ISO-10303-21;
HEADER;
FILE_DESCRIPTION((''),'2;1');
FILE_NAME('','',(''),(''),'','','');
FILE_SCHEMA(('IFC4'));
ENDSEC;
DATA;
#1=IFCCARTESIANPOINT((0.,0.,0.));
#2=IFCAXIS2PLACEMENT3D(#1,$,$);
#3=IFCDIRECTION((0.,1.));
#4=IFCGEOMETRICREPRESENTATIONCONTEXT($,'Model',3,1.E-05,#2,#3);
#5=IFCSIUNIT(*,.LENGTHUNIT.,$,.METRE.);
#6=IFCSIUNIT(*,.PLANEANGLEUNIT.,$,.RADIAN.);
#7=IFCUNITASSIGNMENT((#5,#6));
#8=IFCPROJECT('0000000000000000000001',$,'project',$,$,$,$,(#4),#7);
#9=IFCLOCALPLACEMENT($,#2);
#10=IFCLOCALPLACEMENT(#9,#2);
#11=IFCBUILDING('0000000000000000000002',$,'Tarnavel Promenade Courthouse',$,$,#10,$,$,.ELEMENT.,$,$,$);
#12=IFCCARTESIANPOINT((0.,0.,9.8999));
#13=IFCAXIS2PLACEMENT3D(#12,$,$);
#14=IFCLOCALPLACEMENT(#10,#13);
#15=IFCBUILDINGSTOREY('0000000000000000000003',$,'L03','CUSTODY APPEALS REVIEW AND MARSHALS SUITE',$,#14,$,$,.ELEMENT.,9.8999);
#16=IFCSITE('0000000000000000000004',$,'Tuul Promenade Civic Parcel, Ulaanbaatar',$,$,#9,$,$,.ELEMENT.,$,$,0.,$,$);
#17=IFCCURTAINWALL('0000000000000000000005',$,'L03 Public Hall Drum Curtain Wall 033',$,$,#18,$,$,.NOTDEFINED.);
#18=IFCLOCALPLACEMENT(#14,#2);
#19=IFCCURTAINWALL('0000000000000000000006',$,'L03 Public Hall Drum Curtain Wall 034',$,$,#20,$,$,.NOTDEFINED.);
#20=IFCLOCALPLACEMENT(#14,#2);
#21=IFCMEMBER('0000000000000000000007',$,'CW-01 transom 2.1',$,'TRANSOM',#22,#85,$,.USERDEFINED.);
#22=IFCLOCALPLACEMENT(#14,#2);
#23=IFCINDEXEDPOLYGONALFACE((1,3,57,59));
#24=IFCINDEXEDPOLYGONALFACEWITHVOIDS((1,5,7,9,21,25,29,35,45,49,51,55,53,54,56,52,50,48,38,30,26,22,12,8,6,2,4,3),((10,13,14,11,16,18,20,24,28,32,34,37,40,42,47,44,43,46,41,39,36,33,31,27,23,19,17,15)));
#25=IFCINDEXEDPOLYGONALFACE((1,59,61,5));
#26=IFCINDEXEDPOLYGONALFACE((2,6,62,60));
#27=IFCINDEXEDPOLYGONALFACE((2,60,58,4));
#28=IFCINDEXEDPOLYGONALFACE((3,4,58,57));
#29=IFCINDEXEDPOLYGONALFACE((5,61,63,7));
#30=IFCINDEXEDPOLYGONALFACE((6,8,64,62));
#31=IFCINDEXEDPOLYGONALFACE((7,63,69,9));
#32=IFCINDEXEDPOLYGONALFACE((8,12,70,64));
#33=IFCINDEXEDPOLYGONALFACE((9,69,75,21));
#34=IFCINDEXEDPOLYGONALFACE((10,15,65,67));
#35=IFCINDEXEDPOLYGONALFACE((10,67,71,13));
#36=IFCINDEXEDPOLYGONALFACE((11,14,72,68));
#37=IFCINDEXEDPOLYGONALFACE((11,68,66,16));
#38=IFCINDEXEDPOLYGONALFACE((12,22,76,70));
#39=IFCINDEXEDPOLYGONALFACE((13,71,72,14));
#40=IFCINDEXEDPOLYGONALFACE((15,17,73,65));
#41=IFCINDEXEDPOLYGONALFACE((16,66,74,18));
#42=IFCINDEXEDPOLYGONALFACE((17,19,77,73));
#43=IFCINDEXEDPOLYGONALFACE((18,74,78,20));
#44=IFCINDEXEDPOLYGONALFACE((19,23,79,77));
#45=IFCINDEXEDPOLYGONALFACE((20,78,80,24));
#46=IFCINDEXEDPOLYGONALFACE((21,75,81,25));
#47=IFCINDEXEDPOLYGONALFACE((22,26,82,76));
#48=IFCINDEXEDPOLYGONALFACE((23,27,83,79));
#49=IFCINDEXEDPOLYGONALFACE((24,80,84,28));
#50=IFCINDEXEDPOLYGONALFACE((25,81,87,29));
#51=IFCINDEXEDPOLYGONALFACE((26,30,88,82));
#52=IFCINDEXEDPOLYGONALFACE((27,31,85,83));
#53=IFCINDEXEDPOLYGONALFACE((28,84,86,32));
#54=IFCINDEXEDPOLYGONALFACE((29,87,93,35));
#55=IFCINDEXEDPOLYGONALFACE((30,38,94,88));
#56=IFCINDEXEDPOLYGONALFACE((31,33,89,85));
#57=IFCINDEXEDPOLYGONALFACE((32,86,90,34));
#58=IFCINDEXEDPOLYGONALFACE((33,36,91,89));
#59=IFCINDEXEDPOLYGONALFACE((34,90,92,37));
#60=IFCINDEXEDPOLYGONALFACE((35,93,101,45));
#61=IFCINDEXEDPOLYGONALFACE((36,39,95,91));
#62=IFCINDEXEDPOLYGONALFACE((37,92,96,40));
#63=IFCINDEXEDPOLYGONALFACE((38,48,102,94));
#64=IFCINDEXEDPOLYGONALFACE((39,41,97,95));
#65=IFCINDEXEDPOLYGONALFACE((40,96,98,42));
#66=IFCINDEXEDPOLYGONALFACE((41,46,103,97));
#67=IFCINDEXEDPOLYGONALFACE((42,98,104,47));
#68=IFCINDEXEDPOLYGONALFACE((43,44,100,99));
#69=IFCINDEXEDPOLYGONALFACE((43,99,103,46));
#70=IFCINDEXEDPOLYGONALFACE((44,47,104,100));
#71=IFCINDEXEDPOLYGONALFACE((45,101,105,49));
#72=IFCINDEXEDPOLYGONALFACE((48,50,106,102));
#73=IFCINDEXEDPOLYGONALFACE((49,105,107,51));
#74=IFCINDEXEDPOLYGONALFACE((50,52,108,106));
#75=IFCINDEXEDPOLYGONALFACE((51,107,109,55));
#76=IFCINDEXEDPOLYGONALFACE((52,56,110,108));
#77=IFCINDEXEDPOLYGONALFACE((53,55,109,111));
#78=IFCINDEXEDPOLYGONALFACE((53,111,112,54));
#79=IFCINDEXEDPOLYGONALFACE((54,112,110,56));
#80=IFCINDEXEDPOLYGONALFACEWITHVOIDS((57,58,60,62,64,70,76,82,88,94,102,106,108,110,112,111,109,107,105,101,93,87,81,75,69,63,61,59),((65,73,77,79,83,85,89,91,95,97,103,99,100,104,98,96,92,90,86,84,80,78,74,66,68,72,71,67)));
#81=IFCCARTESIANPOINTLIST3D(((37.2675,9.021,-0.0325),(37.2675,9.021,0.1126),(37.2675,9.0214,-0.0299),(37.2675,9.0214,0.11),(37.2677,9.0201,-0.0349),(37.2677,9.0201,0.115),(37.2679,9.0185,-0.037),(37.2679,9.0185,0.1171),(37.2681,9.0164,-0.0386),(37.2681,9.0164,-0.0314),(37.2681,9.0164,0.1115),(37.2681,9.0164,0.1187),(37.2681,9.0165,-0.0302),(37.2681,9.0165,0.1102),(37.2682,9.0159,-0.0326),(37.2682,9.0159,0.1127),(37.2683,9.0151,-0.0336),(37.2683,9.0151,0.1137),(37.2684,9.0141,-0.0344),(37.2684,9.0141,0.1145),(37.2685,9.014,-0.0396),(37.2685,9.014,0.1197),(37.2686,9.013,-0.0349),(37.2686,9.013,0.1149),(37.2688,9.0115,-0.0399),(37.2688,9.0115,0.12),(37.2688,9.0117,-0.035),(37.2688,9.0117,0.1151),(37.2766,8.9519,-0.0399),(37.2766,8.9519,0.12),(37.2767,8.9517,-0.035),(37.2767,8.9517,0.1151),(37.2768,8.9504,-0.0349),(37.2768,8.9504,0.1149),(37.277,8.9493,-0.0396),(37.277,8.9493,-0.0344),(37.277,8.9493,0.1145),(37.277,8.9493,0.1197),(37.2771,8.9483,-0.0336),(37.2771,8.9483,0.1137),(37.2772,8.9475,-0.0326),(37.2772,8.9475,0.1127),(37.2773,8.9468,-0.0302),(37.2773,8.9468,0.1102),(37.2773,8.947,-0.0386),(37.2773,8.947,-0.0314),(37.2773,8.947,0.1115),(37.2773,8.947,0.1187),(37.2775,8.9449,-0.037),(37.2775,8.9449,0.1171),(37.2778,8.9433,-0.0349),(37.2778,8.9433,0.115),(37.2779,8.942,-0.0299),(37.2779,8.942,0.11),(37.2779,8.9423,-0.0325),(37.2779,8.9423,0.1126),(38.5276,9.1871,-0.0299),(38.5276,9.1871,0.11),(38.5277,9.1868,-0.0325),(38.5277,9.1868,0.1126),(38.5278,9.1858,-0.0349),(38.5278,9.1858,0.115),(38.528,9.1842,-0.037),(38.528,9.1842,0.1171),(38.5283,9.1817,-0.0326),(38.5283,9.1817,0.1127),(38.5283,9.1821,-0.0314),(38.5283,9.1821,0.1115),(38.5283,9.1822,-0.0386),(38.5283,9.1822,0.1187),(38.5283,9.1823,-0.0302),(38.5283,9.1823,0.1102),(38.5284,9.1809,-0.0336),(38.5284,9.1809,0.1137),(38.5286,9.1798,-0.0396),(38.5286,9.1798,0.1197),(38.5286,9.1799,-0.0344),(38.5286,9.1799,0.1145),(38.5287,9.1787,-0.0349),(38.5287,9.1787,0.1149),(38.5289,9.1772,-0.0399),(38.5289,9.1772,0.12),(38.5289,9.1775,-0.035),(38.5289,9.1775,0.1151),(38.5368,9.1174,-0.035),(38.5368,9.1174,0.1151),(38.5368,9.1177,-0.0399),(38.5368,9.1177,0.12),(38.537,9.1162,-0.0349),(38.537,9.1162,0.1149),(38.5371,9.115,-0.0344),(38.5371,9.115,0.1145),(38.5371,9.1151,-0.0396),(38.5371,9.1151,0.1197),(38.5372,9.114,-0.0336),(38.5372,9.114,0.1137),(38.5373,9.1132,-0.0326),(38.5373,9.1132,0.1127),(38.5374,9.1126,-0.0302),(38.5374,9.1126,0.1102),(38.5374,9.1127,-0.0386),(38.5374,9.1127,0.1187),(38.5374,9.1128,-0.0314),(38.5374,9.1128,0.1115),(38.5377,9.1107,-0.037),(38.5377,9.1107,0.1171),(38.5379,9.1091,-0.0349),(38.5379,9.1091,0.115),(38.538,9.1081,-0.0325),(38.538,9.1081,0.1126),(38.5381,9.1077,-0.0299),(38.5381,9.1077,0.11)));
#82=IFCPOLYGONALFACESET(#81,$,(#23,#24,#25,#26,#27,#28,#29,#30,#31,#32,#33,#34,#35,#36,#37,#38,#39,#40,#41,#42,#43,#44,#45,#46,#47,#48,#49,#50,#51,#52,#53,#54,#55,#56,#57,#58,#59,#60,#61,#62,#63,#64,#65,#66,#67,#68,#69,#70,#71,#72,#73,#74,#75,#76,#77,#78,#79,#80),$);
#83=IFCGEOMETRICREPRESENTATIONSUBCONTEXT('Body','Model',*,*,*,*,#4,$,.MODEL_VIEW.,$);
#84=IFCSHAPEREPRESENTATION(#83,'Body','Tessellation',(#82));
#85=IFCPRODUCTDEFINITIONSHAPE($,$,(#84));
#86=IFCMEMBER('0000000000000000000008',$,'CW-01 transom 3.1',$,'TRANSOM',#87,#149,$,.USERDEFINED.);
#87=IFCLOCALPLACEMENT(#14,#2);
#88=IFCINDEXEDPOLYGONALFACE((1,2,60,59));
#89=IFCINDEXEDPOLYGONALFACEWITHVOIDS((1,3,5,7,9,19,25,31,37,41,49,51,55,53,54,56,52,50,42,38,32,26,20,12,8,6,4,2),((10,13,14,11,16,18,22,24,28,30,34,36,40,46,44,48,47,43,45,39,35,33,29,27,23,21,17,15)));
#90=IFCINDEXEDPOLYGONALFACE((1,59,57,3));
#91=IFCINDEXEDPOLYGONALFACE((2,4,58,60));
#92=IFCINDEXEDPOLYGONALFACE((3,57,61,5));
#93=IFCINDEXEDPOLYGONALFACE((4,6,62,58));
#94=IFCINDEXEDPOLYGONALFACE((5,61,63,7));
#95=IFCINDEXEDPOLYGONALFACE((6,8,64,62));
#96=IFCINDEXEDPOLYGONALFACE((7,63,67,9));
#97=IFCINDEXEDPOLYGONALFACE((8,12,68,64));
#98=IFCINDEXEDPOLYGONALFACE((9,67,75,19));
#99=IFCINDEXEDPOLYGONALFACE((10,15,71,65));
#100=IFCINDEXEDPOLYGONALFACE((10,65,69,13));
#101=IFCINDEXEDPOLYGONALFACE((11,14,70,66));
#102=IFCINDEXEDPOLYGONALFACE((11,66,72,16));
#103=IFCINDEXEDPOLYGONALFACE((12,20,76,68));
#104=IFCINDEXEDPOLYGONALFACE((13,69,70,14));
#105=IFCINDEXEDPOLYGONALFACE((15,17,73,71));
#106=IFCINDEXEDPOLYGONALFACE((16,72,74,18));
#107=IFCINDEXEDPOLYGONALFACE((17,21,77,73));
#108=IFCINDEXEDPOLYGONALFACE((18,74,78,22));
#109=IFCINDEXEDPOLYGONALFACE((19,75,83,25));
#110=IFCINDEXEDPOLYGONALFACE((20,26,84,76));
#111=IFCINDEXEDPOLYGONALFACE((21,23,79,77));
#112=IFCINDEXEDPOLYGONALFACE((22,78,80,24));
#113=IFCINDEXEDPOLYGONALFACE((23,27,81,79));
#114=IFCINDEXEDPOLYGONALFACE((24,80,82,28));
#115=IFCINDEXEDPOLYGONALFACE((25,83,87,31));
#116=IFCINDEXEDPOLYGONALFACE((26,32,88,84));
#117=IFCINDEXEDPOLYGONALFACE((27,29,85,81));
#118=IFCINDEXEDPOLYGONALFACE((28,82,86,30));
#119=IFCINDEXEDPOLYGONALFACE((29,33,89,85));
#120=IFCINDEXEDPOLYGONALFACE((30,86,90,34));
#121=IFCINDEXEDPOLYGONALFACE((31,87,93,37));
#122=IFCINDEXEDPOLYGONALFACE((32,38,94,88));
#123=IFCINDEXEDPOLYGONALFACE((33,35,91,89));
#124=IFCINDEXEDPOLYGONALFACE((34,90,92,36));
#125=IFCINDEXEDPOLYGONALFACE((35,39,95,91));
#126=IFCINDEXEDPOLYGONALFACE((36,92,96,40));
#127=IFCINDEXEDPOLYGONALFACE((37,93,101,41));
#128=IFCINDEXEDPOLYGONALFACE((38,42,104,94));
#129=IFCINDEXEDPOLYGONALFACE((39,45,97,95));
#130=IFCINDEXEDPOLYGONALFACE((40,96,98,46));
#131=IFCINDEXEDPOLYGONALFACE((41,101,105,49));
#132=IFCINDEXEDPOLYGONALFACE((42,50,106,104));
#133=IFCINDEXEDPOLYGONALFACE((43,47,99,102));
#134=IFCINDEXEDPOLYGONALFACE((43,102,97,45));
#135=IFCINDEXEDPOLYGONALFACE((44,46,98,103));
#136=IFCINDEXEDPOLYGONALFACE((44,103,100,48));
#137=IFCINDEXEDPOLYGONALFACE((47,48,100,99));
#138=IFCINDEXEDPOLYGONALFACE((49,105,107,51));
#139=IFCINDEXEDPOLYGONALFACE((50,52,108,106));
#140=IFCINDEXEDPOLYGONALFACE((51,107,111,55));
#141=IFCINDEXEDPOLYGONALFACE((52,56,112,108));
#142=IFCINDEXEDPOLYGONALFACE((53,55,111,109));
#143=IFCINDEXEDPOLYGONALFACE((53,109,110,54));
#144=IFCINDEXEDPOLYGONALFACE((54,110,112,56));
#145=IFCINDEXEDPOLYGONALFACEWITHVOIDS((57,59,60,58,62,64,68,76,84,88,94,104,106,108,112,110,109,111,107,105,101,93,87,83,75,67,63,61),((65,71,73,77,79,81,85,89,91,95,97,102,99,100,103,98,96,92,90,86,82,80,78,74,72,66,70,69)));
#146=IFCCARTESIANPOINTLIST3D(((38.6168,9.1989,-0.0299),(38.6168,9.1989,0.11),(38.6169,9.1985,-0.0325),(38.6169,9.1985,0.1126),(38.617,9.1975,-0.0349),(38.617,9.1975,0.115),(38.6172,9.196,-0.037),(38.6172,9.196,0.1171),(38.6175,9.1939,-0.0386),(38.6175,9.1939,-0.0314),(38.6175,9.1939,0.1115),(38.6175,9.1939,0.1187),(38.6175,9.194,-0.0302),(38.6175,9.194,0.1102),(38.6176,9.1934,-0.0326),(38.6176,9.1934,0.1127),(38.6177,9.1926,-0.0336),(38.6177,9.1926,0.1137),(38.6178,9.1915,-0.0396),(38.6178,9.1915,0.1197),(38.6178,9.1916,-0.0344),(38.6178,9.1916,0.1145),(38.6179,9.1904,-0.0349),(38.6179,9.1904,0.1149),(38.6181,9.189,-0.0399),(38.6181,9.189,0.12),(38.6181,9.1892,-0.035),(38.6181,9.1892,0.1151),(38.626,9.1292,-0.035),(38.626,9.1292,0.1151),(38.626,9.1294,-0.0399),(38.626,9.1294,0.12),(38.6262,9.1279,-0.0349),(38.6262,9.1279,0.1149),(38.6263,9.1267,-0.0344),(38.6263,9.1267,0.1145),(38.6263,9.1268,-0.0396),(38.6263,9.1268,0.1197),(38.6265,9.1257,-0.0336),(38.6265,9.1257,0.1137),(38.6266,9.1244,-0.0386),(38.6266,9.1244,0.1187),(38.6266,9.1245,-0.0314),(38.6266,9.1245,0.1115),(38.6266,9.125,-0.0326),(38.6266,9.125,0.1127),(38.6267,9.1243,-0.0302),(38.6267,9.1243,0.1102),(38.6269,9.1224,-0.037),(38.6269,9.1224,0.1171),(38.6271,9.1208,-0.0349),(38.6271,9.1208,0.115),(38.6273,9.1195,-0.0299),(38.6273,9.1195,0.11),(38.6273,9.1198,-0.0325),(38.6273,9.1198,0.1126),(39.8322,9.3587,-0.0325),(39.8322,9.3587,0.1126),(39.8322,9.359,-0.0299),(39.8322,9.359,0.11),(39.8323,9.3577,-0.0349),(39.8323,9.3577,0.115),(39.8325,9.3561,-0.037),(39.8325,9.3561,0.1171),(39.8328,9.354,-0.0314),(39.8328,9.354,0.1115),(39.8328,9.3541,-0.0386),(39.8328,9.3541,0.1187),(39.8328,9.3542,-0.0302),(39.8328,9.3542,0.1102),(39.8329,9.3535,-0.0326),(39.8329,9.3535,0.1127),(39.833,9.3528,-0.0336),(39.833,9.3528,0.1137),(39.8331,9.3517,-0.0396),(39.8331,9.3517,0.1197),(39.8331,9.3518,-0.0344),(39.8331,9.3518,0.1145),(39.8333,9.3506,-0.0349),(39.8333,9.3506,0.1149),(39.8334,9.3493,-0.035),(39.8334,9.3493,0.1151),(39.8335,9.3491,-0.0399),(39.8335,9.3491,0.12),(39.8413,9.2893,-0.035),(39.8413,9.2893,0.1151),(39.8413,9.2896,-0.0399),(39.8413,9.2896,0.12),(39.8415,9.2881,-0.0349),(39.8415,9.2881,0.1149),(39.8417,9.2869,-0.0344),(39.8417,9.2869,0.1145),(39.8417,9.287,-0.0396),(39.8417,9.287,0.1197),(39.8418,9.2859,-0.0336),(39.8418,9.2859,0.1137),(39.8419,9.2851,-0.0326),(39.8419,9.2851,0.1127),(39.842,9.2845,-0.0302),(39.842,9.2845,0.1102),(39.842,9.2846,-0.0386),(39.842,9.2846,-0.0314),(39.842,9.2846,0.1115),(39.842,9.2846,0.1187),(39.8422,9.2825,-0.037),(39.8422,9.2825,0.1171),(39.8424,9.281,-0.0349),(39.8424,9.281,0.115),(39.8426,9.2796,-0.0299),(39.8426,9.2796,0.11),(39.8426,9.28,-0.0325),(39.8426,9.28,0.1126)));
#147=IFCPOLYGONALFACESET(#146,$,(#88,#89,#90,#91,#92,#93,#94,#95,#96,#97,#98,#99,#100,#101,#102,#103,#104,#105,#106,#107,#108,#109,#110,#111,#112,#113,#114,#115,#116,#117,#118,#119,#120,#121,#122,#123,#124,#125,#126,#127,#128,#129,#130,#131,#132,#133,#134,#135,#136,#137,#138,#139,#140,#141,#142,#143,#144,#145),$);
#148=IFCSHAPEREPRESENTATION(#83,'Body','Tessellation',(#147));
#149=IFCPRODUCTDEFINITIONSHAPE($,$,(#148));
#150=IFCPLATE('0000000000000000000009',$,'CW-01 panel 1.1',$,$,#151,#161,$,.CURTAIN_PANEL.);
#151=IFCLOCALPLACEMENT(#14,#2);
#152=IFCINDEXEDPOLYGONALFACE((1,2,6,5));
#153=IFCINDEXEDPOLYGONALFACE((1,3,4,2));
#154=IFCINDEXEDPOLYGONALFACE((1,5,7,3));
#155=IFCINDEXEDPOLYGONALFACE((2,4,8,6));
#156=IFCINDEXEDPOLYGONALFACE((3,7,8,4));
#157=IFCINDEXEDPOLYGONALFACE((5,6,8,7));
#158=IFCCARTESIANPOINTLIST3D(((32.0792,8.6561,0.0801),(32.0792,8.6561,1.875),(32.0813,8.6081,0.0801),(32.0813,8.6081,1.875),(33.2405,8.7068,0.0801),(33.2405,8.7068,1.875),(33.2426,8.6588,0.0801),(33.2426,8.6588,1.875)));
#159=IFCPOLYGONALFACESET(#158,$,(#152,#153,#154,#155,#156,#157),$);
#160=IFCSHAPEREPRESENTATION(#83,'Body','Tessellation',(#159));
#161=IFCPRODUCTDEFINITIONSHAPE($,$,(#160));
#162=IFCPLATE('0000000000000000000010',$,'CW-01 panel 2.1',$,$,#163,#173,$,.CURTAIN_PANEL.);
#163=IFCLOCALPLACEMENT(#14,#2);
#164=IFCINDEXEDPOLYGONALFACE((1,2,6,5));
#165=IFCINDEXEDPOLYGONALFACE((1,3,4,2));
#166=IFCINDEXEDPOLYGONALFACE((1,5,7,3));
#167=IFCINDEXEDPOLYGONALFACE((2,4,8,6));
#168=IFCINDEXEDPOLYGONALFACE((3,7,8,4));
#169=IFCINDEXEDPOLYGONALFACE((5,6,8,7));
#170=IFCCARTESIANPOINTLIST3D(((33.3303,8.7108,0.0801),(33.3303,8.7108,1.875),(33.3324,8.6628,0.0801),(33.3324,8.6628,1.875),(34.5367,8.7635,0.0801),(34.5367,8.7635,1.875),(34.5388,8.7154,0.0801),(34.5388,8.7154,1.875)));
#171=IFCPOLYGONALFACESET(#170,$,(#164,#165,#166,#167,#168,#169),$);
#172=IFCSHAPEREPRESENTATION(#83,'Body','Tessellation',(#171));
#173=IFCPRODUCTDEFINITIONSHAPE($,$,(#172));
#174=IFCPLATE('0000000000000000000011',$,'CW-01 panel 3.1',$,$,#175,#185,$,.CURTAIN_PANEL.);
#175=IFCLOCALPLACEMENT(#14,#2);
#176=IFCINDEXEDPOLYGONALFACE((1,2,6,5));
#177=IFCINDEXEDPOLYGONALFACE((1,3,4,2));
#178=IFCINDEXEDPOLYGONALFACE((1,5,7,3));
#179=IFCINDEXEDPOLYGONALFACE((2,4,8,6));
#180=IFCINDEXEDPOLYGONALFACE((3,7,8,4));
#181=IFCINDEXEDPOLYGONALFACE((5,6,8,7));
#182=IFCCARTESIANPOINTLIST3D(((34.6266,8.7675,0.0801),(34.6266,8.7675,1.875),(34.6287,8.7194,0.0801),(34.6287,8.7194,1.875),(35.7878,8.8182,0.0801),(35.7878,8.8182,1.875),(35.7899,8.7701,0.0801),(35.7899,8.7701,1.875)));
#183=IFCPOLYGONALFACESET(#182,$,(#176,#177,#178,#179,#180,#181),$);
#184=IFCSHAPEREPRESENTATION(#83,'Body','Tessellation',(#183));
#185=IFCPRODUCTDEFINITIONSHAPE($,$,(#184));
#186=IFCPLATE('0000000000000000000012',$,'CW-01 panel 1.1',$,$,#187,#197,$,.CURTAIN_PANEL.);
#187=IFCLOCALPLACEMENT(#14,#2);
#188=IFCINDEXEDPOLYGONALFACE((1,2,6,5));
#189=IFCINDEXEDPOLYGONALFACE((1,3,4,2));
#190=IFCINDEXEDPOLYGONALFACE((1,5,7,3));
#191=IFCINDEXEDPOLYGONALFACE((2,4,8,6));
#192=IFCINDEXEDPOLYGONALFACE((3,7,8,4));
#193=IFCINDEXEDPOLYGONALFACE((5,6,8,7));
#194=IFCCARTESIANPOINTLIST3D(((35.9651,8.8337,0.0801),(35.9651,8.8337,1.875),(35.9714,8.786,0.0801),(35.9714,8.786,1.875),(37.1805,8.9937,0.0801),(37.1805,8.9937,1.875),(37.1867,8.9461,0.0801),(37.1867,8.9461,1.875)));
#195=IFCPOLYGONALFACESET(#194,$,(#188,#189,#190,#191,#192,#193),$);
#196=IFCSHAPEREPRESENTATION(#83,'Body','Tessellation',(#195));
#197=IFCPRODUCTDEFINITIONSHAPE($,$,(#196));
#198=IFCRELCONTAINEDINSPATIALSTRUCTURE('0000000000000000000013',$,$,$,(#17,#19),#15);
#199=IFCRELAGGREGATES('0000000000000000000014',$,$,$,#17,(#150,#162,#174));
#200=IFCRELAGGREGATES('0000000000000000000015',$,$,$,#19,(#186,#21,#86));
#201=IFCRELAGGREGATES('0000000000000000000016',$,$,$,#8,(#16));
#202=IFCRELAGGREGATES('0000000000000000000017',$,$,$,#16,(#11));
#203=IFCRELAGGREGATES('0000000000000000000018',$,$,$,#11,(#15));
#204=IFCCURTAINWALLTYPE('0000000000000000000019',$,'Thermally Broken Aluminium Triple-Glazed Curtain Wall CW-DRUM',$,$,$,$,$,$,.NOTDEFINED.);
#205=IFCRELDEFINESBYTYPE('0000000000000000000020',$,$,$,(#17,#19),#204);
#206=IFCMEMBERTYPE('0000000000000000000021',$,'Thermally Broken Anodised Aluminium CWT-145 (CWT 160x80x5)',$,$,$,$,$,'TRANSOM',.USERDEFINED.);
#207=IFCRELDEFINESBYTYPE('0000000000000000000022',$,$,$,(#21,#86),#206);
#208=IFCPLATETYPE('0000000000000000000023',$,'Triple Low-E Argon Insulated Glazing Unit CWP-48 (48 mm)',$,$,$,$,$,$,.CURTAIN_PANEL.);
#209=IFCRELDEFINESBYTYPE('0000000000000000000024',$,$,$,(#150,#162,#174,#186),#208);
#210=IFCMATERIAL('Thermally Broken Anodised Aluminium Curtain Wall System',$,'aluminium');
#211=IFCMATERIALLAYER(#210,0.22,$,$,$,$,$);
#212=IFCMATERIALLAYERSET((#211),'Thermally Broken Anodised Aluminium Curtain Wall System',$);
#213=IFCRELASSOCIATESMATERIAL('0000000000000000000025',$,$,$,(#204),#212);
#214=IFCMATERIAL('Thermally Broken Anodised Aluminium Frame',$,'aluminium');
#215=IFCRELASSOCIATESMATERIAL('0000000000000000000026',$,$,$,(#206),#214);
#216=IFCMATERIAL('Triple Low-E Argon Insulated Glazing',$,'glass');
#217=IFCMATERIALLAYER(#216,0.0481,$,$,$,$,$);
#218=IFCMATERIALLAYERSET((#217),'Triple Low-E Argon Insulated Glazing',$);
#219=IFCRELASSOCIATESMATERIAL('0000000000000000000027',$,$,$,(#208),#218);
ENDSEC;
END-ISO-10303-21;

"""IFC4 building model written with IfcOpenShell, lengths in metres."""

from ifc_helpers import new_model, si_unit, direction, frame, origin, origin_2d, place, context, subcontext, project, spatial, rectangle, hollow_rectangle, extrude, material, layer, layer_set, material_profile, profile_set, type_object, element, aggregate, save


model = new_model("IFC4")

# Units and contexts
model_context = context("Model", 3, precision=1e-05, world=origin(), true_north=direction((0.0, 1.0)))
body_context = subcontext(model_context, "Body", "Model", "MODEL_VIEW")
ifc_project = project(units=[si_unit("LENGTHUNIT", "METRE"), si_unit("PLANEANGLEUNIT", "RADIAN")], contexts=[model_context])

# Site, building, storey
site_placement = place(None, origin())
site = spatial("IfcSite", under=ifc_project, at=site_placement, Name="Tuul Promenade Civic Parcel, Ulaanbaatar", CompositionType="ELEMENT", RefElevation=0.0)
building_placement = place(site_placement, origin())
building = spatial("IfcBuilding", under=site, at=building_placement, Name="Tarnavel Promenade Courthouse", CompositionType="ELEMENT")
storey_placement = place(building_placement, frame((0.0, 0.0, 9.8999)))
storey = spatial("IfcBuildingStorey", under=building, at=storey_placement, Name="L03", Description="CUSTODY APPEALS REVIEW AND MARSHALS SUITE", CompositionType="ELEMENT", Elevation=9.8999)

# Curtain walls
ifc_material_1 = material(Name="Thermally Broken Anodised Aluminium Curtain Wall System", Category="aluminium")
ifc_layer_1 = layer(ifc_material_1, 0.22)
ifc_layer_set_1 = layer_set([ifc_layer_1], Name="Thermally Broken Anodised Aluminium Curtain Wall System")
curtain_wall_type = type_object("IfcCurtainWallType", Name="Thermally Broken Aluminium Triple-Glazed Curtain Wall CW-DRUM", PredefinedType="NOTDEFINED", material=ifc_layer_set_1)
curtain_wall_1_placement = place(storey_placement, origin())
curtain_wall_1 = element("IfcCurtainWall", 1, at=curtain_wall_1_placement, inside=storey, type_object=curtain_wall_type, Name="L03 Public Hall Drum Curtain Wall 033", PredefinedType="NOTDEFINED")
ifc_material_2 = material(Name="Thermally Broken Anodised Aluminium Frame", Category="aluminium")
curtain_wall_2_placement = place(storey_placement, origin())
curtain_wall_2 = element("IfcCurtainWall", 2, at=curtain_wall_2_placement, inside=storey, type_object=curtain_wall_type, Name="L03 Public Hall Drum Curtain Wall 034", PredefinedType="NOTDEFINED")

# Members
ifc_material_profile_1 = material_profile(ifc_material_2, hollow_rectangle(XDim=0.0801, YDim=0.1599, WallThickness=0.0049, InnerFilletRadius=0.0049, OuterFilletRadius=0.01, at=origin_2d()), Name="CWT 160x80x5")
ifc_profile_set_1 = profile_set([ifc_material_profile_1], Name="Thermally Broken Anodised Aluminium Frame")
member_type_1 = type_object("IfcMemberType", Name="Thermally Broken Anodised Aluminium CWT-145 (CWT 160x80x5)", ElementType="TRANSOM", PredefinedType="USERDEFINED", material=ifc_profile_set_1)
member_1_placement = place(storey_placement, frame((37.2727, 8.9817, 0.04), z_axis=(0.99146, 0.130415, 0.0), x_axis=(-0.130415, 0.99146, 0.0)))
member_1 = element("IfcMember", 3, at=member_1_placement, type_object=member_type_1, Name="CW-01 transom 2.1", ObjectType="TRANSOM", PredefinedType="USERDEFINED", context=body_context, shape_type="SweptSolid", body=[
    extrude(hollow_rectangle(XDim=0.0801, YDim=0.1599, WallThickness=0.0049, InnerFilletRadius=0.0049, OuterFilletRadius=0.01, at=origin_2d()), origin(), (0.0, 0.0, 1.0), 1.271),
])
member_2_placement = place(storey_placement, frame((38.6221, 9.1592, 0.04), z_axis=(0.991429, 0.13065, 0.0), x_axis=(-0.13065, 0.991429, 0.0)))
member_2 = element("IfcMember", 4, at=member_2_placement, type_object=member_type_1, Name="CW-01 transom 3.1", ObjectType="TRANSOM", PredefinedType="USERDEFINED", context=body_context, shape_type="SweptSolid", body=[
    extrude(hollow_rectangle(XDim=0.0801, YDim=0.1599, WallThickness=0.0049, InnerFilletRadius=0.0049, OuterFilletRadius=0.01, at=origin_2d()), origin(), (0.0, 0.0, 1.0), 1.2258),
])

# Plates
ifc_material_3 = material(Name="Triple Low-E Argon Insulated Glazing", Category="glass")
ifc_layer_2 = layer(ifc_material_3, 0.0481)
ifc_layer_set_2 = layer_set([ifc_layer_2], Name="Triple Low-E Argon Insulated Glazing")
plate_type = type_object("IfcPlateType", Name="Triple Low-E Argon Insulated Glazing Unit CWP-48 (48 mm)", PredefinedType="CURTAIN_PANEL", material=ifc_layer_set_2)
plate_1_placement = place(storey_placement, frame((32.6609, 8.6575, 0.0801), z_axis=(0.0, 0.0, 1.0), x_axis=(0.999048, 0.043619, 0.0)))
plate_1 = element("IfcPlate", 5, at=plate_1_placement, type_object=plate_type, Name="CW-01 panel 1.1", PredefinedType="CURTAIN_PANEL", context=body_context, shape_type="SweptSolid", body=[
    extrude(rectangle(XDim=1.1624, YDim=0.0481, at=origin_2d()), origin(), (0.0, 0.0, 1.0), 1.7949),
])
plate_2_placement = place(storey_placement, frame((33.9346, 8.7131, 0.0801), z_axis=(0.0, 0.0, 1.0), x_axis=(0.999048, 0.043619, 0.0)))
plate_2 = element("IfcPlate", 6, at=plate_2_placement, type_object=plate_type, Name="CW-01 panel 2.1", PredefinedType="CURTAIN_PANEL", context=body_context, shape_type="SweptSolid", body=[
    extrude(rectangle(XDim=1.2075, YDim=0.0481, at=origin_2d()), origin(), (0.0, 0.0, 1.0), 1.7949),
])
plate_3_placement = place(storey_placement, frame((35.2083, 8.7688, 0.0801), z_axis=(0.0, 0.0, 1.0), x_axis=(0.999048, 0.043619, 0.0)))
plate_3 = element("IfcPlate", 7, at=plate_3_placement, type_object=plate_type, Name="CW-01 panel 3.1", PredefinedType="CURTAIN_PANEL", context=body_context, shape_type="SweptSolid", body=[
    extrude(rectangle(XDim=1.1624, YDim=0.0481, at=origin_2d()), origin(), (0.0, 0.0, 1.0), 1.7949),
])
aggregate(curtain_wall_1, [plate_1, plate_2, plate_3])
plate_4_placement = place(storey_placement, frame((36.5759, 8.8899, 0.0801), z_axis=(0.0, 0.0, 1.0), x_axis=(0.991445, 0.130526, 0.0)))
plate_4 = element("IfcPlate", 8, at=plate_4_placement, type_object=plate_type, Name="CW-01 panel 1.1", PredefinedType="CURTAIN_PANEL", context=body_context, shape_type="SweptSolid", body=[
    extrude(rectangle(XDim=1.2258, YDim=0.0481, at=origin_2d()), origin(), (0.0, 0.0, 1.0), 1.7949),
])
aggregate(curtain_wall_2, [plate_4, member_1, member_2])

save(model, "model.ifc")
